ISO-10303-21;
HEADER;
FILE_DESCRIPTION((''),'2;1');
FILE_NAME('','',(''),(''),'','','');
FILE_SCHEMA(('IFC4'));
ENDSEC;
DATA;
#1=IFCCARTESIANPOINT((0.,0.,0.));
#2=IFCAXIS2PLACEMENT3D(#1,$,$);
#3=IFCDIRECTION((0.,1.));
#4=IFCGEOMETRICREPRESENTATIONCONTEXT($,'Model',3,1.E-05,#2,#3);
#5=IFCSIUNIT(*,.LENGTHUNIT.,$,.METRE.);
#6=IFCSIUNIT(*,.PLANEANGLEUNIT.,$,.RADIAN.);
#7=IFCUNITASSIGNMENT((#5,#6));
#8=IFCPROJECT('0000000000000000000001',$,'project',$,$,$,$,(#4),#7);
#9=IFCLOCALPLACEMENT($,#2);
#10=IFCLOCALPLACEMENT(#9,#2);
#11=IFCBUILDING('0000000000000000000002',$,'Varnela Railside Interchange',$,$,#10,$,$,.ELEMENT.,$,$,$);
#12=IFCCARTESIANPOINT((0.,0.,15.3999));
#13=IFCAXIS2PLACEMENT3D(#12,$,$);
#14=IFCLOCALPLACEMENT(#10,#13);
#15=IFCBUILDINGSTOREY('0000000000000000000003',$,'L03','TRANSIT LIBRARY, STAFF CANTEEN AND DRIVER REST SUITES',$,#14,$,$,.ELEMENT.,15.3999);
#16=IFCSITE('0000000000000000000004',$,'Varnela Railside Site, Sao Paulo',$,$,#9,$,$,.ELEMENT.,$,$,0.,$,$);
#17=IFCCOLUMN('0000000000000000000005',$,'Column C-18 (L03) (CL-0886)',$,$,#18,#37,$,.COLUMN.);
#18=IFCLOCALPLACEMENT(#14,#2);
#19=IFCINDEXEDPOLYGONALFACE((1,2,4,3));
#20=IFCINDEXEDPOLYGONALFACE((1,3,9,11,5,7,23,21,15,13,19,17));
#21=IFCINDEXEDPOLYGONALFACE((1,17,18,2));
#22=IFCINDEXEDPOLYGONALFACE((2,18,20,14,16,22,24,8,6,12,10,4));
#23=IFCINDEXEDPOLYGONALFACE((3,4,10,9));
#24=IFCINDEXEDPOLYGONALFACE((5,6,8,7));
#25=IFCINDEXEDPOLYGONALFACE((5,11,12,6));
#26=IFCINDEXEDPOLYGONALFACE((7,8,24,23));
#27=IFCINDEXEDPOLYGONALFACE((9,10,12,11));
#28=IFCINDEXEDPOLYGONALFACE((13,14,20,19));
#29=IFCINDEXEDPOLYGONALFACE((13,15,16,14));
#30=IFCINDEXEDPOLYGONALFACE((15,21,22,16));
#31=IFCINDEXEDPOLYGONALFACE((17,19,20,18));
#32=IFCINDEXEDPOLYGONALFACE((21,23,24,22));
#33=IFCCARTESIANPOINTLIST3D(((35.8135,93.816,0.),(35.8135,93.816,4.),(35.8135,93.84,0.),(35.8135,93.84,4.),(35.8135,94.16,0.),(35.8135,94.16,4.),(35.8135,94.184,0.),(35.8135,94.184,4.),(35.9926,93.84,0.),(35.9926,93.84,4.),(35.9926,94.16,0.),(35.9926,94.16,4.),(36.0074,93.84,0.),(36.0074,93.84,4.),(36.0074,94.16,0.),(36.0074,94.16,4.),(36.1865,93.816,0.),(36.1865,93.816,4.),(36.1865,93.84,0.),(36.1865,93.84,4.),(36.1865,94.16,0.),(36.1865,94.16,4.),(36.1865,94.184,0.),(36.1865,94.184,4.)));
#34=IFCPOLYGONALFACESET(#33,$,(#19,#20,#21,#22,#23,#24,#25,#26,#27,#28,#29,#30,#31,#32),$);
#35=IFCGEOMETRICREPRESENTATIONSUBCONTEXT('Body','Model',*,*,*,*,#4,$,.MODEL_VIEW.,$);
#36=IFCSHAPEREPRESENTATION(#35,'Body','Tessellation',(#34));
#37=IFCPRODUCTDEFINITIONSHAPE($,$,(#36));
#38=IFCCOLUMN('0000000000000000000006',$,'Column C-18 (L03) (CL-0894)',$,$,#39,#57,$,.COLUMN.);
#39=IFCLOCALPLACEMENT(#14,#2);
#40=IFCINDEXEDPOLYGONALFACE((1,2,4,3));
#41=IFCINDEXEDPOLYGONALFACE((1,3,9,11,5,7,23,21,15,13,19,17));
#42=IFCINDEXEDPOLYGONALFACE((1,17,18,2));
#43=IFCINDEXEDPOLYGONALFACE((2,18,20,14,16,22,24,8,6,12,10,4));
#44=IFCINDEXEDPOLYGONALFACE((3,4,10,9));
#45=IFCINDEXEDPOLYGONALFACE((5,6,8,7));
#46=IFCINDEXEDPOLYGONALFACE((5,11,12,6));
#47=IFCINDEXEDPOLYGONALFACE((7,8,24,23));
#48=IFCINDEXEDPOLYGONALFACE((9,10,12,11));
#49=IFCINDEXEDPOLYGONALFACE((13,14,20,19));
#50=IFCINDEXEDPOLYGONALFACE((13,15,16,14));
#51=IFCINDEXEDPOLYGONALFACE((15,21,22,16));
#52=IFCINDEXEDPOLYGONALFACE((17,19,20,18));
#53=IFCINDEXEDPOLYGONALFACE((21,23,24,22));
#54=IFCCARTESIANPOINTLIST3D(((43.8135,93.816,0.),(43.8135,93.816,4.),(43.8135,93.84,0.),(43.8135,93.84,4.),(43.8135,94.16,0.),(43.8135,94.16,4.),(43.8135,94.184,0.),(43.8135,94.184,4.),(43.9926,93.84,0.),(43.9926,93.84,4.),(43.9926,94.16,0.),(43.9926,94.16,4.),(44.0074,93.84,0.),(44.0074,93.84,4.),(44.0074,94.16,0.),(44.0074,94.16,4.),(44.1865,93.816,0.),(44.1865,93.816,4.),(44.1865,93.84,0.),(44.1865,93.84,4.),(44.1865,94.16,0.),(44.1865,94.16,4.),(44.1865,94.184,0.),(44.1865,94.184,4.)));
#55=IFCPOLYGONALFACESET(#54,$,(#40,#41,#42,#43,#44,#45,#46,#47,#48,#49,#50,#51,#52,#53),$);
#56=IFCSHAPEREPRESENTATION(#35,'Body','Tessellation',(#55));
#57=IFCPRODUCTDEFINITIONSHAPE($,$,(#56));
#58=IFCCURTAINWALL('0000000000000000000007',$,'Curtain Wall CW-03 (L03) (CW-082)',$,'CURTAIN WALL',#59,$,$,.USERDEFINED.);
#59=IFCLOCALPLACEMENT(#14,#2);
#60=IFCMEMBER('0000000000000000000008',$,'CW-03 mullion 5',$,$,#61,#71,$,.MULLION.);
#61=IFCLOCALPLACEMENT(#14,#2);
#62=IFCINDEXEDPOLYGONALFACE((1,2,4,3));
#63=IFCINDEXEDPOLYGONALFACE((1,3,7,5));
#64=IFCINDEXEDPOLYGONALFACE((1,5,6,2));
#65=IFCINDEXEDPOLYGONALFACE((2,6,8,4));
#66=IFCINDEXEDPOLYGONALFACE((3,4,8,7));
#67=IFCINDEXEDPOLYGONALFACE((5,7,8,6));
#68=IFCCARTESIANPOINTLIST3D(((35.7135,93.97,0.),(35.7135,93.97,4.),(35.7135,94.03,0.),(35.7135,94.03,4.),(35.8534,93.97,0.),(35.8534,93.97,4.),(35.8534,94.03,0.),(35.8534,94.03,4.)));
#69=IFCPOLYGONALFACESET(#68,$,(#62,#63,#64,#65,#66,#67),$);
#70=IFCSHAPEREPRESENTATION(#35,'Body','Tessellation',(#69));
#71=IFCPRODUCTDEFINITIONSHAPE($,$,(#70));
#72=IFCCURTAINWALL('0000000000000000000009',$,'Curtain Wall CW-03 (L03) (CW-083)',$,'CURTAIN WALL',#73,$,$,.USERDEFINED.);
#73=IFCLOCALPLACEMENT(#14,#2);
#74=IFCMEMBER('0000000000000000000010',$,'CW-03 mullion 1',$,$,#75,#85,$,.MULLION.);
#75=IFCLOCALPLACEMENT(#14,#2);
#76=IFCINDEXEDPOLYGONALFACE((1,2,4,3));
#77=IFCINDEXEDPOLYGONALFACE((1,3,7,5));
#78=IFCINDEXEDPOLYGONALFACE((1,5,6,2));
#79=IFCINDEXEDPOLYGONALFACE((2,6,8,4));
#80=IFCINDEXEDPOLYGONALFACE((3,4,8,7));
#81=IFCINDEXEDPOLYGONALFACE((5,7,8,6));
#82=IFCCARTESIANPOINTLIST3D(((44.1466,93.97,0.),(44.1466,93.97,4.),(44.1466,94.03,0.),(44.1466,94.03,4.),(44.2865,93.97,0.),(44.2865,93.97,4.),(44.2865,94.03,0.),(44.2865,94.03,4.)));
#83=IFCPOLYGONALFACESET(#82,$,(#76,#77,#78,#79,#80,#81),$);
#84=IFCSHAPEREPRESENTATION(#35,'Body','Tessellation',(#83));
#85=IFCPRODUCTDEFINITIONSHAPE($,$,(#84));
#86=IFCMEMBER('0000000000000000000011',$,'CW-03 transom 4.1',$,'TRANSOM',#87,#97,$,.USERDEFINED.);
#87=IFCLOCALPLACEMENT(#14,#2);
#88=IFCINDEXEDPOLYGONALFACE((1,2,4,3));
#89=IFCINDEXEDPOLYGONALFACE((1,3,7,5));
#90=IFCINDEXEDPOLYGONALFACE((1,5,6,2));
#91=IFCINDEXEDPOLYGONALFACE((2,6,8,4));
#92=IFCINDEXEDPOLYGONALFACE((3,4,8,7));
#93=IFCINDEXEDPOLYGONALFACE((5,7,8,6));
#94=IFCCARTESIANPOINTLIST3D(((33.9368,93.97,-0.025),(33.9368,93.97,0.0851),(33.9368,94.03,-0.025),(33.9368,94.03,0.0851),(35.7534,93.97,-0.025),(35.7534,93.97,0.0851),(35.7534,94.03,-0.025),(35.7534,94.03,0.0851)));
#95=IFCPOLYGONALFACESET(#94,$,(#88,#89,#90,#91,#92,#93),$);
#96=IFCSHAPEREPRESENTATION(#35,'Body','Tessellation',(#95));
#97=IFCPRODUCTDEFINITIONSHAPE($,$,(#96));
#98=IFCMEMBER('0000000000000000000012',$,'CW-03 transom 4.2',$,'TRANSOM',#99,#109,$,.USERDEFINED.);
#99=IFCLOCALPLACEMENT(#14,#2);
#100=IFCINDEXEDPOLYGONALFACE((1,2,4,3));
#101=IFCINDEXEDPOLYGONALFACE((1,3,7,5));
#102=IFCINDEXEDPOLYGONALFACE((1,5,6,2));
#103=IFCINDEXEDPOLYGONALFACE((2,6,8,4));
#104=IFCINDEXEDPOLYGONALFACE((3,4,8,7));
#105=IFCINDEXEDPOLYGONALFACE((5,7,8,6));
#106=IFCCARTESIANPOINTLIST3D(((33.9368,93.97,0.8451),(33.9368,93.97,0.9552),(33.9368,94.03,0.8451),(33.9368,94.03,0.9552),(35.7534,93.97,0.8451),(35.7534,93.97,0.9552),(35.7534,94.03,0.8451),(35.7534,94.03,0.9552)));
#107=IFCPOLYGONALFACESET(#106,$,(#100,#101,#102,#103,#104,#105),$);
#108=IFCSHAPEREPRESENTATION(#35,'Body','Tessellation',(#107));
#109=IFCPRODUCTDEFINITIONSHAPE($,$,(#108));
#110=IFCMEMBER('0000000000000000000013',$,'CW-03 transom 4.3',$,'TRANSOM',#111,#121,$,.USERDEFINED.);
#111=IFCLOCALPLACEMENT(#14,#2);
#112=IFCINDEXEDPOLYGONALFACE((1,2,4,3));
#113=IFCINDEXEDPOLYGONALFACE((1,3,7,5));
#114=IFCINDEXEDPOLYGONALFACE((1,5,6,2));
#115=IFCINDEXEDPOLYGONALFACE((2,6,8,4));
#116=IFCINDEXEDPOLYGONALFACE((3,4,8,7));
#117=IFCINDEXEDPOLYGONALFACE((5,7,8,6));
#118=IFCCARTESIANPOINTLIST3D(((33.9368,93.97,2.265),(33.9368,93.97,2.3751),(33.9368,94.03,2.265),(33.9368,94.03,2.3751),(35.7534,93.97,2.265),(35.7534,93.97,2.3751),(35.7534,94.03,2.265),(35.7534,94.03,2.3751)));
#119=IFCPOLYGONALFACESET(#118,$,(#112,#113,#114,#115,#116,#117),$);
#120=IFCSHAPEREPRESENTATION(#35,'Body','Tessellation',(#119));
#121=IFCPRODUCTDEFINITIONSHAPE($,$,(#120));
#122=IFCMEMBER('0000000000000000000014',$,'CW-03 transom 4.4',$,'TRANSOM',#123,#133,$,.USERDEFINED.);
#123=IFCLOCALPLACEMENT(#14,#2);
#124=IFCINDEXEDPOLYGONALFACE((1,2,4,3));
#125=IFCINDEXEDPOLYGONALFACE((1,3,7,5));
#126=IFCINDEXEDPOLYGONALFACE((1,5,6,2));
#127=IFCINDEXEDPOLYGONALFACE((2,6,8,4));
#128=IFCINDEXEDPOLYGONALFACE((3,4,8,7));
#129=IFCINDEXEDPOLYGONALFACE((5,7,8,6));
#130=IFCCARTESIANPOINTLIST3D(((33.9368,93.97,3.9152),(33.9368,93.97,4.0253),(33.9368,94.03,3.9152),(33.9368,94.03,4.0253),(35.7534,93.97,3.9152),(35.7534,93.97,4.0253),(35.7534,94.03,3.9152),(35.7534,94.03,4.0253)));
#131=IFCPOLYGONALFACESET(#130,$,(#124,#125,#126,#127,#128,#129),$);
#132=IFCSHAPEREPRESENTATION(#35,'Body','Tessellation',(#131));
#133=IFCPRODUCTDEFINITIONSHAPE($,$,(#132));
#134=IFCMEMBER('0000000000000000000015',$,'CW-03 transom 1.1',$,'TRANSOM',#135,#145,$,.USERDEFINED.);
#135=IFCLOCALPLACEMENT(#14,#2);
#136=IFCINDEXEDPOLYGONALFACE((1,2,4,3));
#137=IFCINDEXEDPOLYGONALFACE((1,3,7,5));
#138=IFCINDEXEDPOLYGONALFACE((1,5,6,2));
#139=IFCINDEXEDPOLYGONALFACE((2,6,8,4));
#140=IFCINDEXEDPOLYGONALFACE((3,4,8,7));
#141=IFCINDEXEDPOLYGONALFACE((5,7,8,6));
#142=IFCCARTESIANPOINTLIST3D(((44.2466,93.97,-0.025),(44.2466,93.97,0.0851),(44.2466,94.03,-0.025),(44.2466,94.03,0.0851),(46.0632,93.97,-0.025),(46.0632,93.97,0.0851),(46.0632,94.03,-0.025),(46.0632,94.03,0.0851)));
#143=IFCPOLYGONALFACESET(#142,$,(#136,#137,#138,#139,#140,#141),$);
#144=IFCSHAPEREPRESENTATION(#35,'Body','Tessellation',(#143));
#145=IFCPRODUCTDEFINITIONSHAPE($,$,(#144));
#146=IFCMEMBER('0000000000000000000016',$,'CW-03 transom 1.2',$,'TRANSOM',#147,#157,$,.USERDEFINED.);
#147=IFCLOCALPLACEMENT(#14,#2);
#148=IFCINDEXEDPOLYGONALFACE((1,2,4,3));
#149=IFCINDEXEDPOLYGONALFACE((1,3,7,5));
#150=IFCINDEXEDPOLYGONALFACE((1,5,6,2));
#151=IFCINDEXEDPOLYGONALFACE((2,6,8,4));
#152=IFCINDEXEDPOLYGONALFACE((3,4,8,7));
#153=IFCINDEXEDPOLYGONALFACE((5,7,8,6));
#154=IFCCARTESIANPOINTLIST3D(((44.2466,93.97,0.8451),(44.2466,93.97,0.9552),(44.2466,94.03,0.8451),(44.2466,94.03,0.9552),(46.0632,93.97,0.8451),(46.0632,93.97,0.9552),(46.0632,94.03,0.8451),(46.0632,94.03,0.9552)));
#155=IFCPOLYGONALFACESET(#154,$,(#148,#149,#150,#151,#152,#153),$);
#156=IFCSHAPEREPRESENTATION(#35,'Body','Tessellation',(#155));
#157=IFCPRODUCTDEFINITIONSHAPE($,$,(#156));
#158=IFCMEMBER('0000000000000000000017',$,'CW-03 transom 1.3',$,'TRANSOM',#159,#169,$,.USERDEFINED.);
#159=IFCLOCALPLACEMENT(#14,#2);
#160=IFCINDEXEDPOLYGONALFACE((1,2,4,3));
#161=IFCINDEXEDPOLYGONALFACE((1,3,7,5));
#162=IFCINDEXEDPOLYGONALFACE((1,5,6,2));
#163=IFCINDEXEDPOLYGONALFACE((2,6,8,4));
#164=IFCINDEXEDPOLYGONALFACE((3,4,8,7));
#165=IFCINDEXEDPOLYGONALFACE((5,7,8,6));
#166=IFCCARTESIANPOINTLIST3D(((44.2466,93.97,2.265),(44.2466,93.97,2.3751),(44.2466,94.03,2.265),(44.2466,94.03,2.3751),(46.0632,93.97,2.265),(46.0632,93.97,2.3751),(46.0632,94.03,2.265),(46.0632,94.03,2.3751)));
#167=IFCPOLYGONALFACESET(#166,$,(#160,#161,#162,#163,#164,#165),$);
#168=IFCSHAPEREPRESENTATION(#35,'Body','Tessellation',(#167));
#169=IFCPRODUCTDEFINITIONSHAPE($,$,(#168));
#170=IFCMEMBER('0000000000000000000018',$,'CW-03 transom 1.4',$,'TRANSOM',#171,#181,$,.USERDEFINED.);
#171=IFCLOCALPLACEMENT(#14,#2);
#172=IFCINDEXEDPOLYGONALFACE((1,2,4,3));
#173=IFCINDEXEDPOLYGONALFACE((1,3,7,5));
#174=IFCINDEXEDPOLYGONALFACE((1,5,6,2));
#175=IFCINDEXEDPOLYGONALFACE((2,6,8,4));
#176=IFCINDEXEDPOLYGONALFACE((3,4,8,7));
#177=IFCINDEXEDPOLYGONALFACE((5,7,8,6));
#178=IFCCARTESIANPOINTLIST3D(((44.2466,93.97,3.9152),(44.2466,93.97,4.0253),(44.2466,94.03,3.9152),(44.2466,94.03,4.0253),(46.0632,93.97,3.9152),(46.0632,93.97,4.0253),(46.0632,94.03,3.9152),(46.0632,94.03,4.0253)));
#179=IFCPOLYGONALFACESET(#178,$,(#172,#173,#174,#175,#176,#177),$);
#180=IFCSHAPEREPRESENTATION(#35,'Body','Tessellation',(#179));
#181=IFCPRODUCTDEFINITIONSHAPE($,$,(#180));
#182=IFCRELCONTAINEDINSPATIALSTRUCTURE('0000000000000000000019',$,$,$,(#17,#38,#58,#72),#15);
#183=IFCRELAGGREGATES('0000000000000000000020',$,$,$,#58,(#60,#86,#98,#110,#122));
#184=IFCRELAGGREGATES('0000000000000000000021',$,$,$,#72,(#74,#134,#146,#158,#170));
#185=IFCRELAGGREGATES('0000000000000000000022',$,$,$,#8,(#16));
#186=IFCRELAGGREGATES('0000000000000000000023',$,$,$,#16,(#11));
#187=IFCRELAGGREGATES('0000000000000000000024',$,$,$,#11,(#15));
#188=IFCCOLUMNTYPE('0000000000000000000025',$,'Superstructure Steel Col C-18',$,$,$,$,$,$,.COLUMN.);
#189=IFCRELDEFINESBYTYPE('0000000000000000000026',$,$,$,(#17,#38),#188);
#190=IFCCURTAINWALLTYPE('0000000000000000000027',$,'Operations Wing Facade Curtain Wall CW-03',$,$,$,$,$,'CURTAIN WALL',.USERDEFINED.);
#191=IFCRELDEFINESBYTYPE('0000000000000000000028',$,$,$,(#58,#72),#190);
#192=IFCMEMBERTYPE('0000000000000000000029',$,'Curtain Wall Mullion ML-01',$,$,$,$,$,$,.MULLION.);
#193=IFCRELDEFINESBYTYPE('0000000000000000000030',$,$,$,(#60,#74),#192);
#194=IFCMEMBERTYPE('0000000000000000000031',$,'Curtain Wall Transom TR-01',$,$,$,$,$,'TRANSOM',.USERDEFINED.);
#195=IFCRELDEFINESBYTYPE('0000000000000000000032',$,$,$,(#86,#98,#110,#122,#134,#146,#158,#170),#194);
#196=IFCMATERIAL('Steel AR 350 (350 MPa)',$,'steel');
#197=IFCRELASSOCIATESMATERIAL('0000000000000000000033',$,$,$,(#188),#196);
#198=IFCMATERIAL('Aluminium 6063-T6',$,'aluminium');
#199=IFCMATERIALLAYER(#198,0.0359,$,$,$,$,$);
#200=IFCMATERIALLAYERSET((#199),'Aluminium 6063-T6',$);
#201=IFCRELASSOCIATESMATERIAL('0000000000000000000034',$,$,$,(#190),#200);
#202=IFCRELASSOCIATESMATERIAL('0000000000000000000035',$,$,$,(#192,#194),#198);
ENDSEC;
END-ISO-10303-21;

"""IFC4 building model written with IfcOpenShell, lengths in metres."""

from ifc_helpers import new_model, si_unit, direction, frame, origin, origin_2d, place, context, subcontext, project, spatial, rectangle, i_section, extrude, material, layer, layer_set, material_profile, profile_set, type_object, element, aggregate, save


model = new_model("IFC4")

# Units and contexts
model_context = context("Model", 3, precision=1e-05, world=origin(), true_north=direction((0.0, 1.0)))
body_context = subcontext(model_context, "Body", "Model", "MODEL_VIEW")
ifc_project = project(units=[si_unit("LENGTHUNIT", "METRE"), si_unit("PLANEANGLEUNIT", "RADIAN")], contexts=[model_context])

# Site, building, storey
site_placement = place(None, origin())
site = spatial("IfcSite", under=ifc_project, at=site_placement, Name="Varnela Railside Site, Sao Paulo", CompositionType="ELEMENT", RefElevation=0.0)
building_placement = place(site_placement, origin())
building = spatial("IfcBuilding", under=site, at=building_placement, Name="Varnela Railside Interchange", CompositionType="ELEMENT")
storey_placement = place(building_placement, frame((0.0, 0.0, 15.3999)))
storey = spatial("IfcBuildingStorey", under=building, at=storey_placement, Name="L03", Description="TRANSIT LIBRARY, STAFF CANTEEN AND DRIVER REST SUITES", CompositionType="ELEMENT", Elevation=15.3999)

# Columns
ifc_material_1 = material(Name="Steel AR 350 (350 MPa)", Category="steel")
ifc_material_profile_1 = material_profile(ifc_material_1, i_section(OverallWidth=0.373, OverallDepth=0.3679, WebThickness=0.0149, FlangeThickness=0.0239, at=origin_2d()), Name="W360x179")
ifc_profile_set_1 = profile_set([ifc_material_profile_1], Name="Steel AR 350 (350 MPa)")
column_type = type_object("IfcColumnType", Name="Superstructure Steel Col C-18", PredefinedType="COLUMN", material=ifc_profile_set_1)
for number, where, z_axis, x_axis, name in (
    (1, (36.0, 94.0, 0.0), (0.0, 0.0, 1.0), (1.0, 0.0, 0.0), "Column C-18 (L03) (CL-0886)"),
    (2, (44.0, 94.0, 0.0), (0.0, 0.0, 1.0), (1.0, 0.0, 0.0), "Column C-18 (L03) (CL-0894)"),
):
    element("IfcColumn", number, at=place(storey_placement, frame(where, z_axis=z_axis, x_axis=x_axis)), inside=storey, type_object=column_type, Name=name, PredefinedType="COLUMN", context=body_context, shape_type="SweptSolid", body=[
        extrude(i_section(OverallWidth=0.373, OverallDepth=0.3679, WebThickness=0.0149, FlangeThickness=0.0239, at=origin_2d()), origin(), (0.0, 0.0, 1.0), 4.0),
    ])

# Curtain walls, members
ifc_material_2 = material(Name="Aluminium 6063-T6", Category="aluminium")
ifc_layer_1 = layer(ifc_material_2, 0.0359)
ifc_layer_set_1 = layer_set([ifc_layer_1], Name="Aluminium 6063-T6")
curtain_wall_type = type_object("IfcCurtainWallType", Name="Operations Wing Facade Curtain Wall CW-03", ElementType="CURTAIN WALL", PredefinedType="USERDEFINED", material=ifc_layer_set_1)
curtain_wall_1_placement = place(storey_placement, origin())
curtain_wall_1 = element("IfcCurtainWall", 3, at=curtain_wall_1_placement, inside=storey, type_object=curtain_wall_type, Name="Curtain Wall CW-03 (L03) (CW-082)", ObjectType="CURTAIN WALL", PredefinedType="USERDEFINED")
ifc_material_profile_2 = material_profile(ifc_material_2, rectangle(XDim=0.0601, YDim=0.1399, at=origin_2d()), Name="ALU 60x140")
ifc_profile_set_2 = profile_set([ifc_material_profile_2], Name="Aluminium 6063-T6")
member_type_1 = type_object("IfcMemberType", Name="Curtain Wall Mullion ML-01", PredefinedType="MULLION", material=ifc_profile_set_2)
member_1_placement = place(storey_placement, frame((35.7834, 94.0, 0.0), z_axis=(0.0, 0.0, 1.0), x_axis=(0.0, 1.0, 0.0)))
member_1 = element("IfcMember", 4, at=member_1_placement, type_object=member_type_1, Name="CW-03 mullion 5", PredefinedType="MULLION", context=body_context, shape_type="SweptSolid", body=[
    extrude(rectangle(XDim=0.0601, YDim=0.1399, at=origin_2d()), origin(), (0.0, 0.0, 1.0), 4.0),
])
curtain_wall_2_placement = place(storey_placement, origin())
curtain_wall_2 = element("IfcCurtainWall", 5, at=curtain_wall_2_placement, inside=storey, type_object=curtain_wall_type, Name="Curtain Wall CW-03 (L03) (CW-083)", ObjectType="CURTAIN WALL", PredefinedType="USERDEFINED")
member_2_placement = place(storey_placement, frame((44.2166, 94.0, 0.0), z_axis=(0.0, 0.0, 1.0), x_axis=(0.0, 1.0, 0.0)))
member_2 = element("IfcMember", 6, at=member_2_placement, type_object=member_type_1, Name="CW-03 mullion 1", PredefinedType="MULLION", context=body_context, shape_type="SweptSolid", body=[
    extrude(rectangle(XDim=0.0601, YDim=0.1399, at=origin_2d()), origin(), (0.0, 0.0, 1.0), 4.0),
])

# Members
ifc_material_profile_3 = material_profile(ifc_material_2, rectangle(XDim=0.0601, YDim=0.1101, at=origin_2d()), Name="ALU 60x110")
ifc_profile_set_3 = profile_set([ifc_material_profile_3], Name="Aluminium 6063-T6")
member_type_2 = type_object("IfcMemberType", Name="Curtain Wall Transom TR-01", ElementType="TRANSOM", PredefinedType="USERDEFINED", material=ifc_profile_set_3)
member_3_placement = place(storey_placement, frame((33.9368, 94.0, 0.03), z_axis=(1.0, 0.0, 0.0), x_axis=(0.0, 1.0, 0.0)))
member_3 = element("IfcMember", 7, at=member_3_placement, type_object=member_type_2, Name="CW-03 transom 4.1", ObjectType="TRANSOM", PredefinedType="USERDEFINED", context=body_context, shape_type="SweptSolid", body=[
    extrude(rectangle(XDim=0.0601, YDim=0.1101, at=origin_2d()), origin(), (0.0, 0.0, 1.0), 1.8167),
])
member_4_placement = place(storey_placement, frame((33.9368, 94.0, 0.9001), z_axis=(1.0, 0.0, 0.0), x_axis=(0.0, 1.0, 0.0)))
member_4 = element("IfcMember", 8, at=member_4_placement, type_object=member_type_2, Name="CW-03 transom 4.2", ObjectType="TRANSOM", PredefinedType="USERDEFINED", context=body_context, shape_type="SweptSolid", body=[
    extrude(rectangle(XDim=0.0601, YDim=0.1101, at=origin_2d()), origin(), (0.0, 0.0, 1.0), 1.8167),
])
member_5_placement = place(storey_placement, frame((33.9368, 94.0, 2.3201), z_axis=(1.0, 0.0, 0.0), x_axis=(0.0, 1.0, 0.0)))
member_5 = element("IfcMember", 9, at=member_5_placement, type_object=member_type_2, Name="CW-03 transom 4.3", ObjectType="TRANSOM", PredefinedType="USERDEFINED", context=body_context, shape_type="SweptSolid", body=[
    extrude(rectangle(XDim=0.0601, YDim=0.1101, at=origin_2d()), origin(), (0.0, 0.0, 1.0), 1.8167),
])
member_6_placement = place(storey_placement, frame((33.9368, 94.0, 3.9702), z_axis=(1.0, 0.0, 0.0), x_axis=(0.0, 1.0, 0.0)))
member_6 = element("IfcMember", 10, at=member_6_placement, type_object=member_type_2, Name="CW-03 transom 4.4", ObjectType="TRANSOM", PredefinedType="USERDEFINED", context=body_context, shape_type="SweptSolid", body=[
    extrude(rectangle(XDim=0.0601, YDim=0.1101, at=origin_2d()), origin(), (0.0, 0.0, 1.0), 1.8167),
])
member_7_placement = place(storey_placement, frame((44.2466, 94.0, 0.03), z_axis=(1.0, 0.0, 0.0), x_axis=(0.0, 1.0, 0.0)))
member_7 = element("IfcMember", 11, at=member_7_placement, type_object=member_type_2, Name="CW-03 transom 1.1", ObjectType="TRANSOM", PredefinedType="USERDEFINED", context=body_context, shape_type="SweptSolid", body=[
    extrude(rectangle(XDim=0.0601, YDim=0.1101, at=origin_2d()), origin(), (0.0, 0.0, 1.0), 1.8167),
])
member_8_placement = place(storey_placement, frame((44.2466, 94.0, 0.9001), z_axis=(1.0, 0.0, 0.0), x_axis=(0.0, 1.0, 0.0)))
member_8 = element("IfcMember", 12, at=member_8_placement, type_object=member_type_2, Name="CW-03 transom 1.2", ObjectType="TRANSOM", PredefinedType="USERDEFINED", context=body_context, shape_type="SweptSolid", body=[
    extrude(rectangle(XDim=0.0601, YDim=0.1101, at=origin_2d()), origin(), (0.0, 0.0, 1.0), 1.8167),
])
member_9_placement = place(storey_placement, frame((44.2466, 94.0, 2.3201), z_axis=(1.0, 0.0, 0.0), x_axis=(0.0, 1.0, 0.0)))
member_9 = element("IfcMember", 13, at=member_9_placement, type_object=member_type_2, Name="CW-03 transom 1.3", ObjectType="TRANSOM", PredefinedType="USERDEFINED", context=body_context, shape_type="SweptSolid", body=[
    extrude(rectangle(XDim=0.0601, YDim=0.1101, at=origin_2d()), origin(), (0.0, 0.0, 1.0), 1.8167),
])
member_10_placement = place(storey_placement, frame((44.2466, 94.0, 3.9702), z_axis=(1.0, 0.0, 0.0), x_axis=(0.0, 1.0, 0.0)))
member_10 = element("IfcMember", 14, at=member_10_placement, type_object=member_type_2, Name="CW-03 transom 1.4", ObjectType="TRANSOM", PredefinedType="USERDEFINED", context=body_context, shape_type="SweptSolid", body=[
    extrude(rectangle(XDim=0.0601, YDim=0.1101, at=origin_2d()), origin(), (0.0, 0.0, 1.0), 1.8167),
])

aggregate(curtain_wall_1, [member_1, member_3, member_4, member_5, member_6])
aggregate(curtain_wall_2, [member_2, member_7, member_8, member_9, member_10])

save(model, "model.ifc")
